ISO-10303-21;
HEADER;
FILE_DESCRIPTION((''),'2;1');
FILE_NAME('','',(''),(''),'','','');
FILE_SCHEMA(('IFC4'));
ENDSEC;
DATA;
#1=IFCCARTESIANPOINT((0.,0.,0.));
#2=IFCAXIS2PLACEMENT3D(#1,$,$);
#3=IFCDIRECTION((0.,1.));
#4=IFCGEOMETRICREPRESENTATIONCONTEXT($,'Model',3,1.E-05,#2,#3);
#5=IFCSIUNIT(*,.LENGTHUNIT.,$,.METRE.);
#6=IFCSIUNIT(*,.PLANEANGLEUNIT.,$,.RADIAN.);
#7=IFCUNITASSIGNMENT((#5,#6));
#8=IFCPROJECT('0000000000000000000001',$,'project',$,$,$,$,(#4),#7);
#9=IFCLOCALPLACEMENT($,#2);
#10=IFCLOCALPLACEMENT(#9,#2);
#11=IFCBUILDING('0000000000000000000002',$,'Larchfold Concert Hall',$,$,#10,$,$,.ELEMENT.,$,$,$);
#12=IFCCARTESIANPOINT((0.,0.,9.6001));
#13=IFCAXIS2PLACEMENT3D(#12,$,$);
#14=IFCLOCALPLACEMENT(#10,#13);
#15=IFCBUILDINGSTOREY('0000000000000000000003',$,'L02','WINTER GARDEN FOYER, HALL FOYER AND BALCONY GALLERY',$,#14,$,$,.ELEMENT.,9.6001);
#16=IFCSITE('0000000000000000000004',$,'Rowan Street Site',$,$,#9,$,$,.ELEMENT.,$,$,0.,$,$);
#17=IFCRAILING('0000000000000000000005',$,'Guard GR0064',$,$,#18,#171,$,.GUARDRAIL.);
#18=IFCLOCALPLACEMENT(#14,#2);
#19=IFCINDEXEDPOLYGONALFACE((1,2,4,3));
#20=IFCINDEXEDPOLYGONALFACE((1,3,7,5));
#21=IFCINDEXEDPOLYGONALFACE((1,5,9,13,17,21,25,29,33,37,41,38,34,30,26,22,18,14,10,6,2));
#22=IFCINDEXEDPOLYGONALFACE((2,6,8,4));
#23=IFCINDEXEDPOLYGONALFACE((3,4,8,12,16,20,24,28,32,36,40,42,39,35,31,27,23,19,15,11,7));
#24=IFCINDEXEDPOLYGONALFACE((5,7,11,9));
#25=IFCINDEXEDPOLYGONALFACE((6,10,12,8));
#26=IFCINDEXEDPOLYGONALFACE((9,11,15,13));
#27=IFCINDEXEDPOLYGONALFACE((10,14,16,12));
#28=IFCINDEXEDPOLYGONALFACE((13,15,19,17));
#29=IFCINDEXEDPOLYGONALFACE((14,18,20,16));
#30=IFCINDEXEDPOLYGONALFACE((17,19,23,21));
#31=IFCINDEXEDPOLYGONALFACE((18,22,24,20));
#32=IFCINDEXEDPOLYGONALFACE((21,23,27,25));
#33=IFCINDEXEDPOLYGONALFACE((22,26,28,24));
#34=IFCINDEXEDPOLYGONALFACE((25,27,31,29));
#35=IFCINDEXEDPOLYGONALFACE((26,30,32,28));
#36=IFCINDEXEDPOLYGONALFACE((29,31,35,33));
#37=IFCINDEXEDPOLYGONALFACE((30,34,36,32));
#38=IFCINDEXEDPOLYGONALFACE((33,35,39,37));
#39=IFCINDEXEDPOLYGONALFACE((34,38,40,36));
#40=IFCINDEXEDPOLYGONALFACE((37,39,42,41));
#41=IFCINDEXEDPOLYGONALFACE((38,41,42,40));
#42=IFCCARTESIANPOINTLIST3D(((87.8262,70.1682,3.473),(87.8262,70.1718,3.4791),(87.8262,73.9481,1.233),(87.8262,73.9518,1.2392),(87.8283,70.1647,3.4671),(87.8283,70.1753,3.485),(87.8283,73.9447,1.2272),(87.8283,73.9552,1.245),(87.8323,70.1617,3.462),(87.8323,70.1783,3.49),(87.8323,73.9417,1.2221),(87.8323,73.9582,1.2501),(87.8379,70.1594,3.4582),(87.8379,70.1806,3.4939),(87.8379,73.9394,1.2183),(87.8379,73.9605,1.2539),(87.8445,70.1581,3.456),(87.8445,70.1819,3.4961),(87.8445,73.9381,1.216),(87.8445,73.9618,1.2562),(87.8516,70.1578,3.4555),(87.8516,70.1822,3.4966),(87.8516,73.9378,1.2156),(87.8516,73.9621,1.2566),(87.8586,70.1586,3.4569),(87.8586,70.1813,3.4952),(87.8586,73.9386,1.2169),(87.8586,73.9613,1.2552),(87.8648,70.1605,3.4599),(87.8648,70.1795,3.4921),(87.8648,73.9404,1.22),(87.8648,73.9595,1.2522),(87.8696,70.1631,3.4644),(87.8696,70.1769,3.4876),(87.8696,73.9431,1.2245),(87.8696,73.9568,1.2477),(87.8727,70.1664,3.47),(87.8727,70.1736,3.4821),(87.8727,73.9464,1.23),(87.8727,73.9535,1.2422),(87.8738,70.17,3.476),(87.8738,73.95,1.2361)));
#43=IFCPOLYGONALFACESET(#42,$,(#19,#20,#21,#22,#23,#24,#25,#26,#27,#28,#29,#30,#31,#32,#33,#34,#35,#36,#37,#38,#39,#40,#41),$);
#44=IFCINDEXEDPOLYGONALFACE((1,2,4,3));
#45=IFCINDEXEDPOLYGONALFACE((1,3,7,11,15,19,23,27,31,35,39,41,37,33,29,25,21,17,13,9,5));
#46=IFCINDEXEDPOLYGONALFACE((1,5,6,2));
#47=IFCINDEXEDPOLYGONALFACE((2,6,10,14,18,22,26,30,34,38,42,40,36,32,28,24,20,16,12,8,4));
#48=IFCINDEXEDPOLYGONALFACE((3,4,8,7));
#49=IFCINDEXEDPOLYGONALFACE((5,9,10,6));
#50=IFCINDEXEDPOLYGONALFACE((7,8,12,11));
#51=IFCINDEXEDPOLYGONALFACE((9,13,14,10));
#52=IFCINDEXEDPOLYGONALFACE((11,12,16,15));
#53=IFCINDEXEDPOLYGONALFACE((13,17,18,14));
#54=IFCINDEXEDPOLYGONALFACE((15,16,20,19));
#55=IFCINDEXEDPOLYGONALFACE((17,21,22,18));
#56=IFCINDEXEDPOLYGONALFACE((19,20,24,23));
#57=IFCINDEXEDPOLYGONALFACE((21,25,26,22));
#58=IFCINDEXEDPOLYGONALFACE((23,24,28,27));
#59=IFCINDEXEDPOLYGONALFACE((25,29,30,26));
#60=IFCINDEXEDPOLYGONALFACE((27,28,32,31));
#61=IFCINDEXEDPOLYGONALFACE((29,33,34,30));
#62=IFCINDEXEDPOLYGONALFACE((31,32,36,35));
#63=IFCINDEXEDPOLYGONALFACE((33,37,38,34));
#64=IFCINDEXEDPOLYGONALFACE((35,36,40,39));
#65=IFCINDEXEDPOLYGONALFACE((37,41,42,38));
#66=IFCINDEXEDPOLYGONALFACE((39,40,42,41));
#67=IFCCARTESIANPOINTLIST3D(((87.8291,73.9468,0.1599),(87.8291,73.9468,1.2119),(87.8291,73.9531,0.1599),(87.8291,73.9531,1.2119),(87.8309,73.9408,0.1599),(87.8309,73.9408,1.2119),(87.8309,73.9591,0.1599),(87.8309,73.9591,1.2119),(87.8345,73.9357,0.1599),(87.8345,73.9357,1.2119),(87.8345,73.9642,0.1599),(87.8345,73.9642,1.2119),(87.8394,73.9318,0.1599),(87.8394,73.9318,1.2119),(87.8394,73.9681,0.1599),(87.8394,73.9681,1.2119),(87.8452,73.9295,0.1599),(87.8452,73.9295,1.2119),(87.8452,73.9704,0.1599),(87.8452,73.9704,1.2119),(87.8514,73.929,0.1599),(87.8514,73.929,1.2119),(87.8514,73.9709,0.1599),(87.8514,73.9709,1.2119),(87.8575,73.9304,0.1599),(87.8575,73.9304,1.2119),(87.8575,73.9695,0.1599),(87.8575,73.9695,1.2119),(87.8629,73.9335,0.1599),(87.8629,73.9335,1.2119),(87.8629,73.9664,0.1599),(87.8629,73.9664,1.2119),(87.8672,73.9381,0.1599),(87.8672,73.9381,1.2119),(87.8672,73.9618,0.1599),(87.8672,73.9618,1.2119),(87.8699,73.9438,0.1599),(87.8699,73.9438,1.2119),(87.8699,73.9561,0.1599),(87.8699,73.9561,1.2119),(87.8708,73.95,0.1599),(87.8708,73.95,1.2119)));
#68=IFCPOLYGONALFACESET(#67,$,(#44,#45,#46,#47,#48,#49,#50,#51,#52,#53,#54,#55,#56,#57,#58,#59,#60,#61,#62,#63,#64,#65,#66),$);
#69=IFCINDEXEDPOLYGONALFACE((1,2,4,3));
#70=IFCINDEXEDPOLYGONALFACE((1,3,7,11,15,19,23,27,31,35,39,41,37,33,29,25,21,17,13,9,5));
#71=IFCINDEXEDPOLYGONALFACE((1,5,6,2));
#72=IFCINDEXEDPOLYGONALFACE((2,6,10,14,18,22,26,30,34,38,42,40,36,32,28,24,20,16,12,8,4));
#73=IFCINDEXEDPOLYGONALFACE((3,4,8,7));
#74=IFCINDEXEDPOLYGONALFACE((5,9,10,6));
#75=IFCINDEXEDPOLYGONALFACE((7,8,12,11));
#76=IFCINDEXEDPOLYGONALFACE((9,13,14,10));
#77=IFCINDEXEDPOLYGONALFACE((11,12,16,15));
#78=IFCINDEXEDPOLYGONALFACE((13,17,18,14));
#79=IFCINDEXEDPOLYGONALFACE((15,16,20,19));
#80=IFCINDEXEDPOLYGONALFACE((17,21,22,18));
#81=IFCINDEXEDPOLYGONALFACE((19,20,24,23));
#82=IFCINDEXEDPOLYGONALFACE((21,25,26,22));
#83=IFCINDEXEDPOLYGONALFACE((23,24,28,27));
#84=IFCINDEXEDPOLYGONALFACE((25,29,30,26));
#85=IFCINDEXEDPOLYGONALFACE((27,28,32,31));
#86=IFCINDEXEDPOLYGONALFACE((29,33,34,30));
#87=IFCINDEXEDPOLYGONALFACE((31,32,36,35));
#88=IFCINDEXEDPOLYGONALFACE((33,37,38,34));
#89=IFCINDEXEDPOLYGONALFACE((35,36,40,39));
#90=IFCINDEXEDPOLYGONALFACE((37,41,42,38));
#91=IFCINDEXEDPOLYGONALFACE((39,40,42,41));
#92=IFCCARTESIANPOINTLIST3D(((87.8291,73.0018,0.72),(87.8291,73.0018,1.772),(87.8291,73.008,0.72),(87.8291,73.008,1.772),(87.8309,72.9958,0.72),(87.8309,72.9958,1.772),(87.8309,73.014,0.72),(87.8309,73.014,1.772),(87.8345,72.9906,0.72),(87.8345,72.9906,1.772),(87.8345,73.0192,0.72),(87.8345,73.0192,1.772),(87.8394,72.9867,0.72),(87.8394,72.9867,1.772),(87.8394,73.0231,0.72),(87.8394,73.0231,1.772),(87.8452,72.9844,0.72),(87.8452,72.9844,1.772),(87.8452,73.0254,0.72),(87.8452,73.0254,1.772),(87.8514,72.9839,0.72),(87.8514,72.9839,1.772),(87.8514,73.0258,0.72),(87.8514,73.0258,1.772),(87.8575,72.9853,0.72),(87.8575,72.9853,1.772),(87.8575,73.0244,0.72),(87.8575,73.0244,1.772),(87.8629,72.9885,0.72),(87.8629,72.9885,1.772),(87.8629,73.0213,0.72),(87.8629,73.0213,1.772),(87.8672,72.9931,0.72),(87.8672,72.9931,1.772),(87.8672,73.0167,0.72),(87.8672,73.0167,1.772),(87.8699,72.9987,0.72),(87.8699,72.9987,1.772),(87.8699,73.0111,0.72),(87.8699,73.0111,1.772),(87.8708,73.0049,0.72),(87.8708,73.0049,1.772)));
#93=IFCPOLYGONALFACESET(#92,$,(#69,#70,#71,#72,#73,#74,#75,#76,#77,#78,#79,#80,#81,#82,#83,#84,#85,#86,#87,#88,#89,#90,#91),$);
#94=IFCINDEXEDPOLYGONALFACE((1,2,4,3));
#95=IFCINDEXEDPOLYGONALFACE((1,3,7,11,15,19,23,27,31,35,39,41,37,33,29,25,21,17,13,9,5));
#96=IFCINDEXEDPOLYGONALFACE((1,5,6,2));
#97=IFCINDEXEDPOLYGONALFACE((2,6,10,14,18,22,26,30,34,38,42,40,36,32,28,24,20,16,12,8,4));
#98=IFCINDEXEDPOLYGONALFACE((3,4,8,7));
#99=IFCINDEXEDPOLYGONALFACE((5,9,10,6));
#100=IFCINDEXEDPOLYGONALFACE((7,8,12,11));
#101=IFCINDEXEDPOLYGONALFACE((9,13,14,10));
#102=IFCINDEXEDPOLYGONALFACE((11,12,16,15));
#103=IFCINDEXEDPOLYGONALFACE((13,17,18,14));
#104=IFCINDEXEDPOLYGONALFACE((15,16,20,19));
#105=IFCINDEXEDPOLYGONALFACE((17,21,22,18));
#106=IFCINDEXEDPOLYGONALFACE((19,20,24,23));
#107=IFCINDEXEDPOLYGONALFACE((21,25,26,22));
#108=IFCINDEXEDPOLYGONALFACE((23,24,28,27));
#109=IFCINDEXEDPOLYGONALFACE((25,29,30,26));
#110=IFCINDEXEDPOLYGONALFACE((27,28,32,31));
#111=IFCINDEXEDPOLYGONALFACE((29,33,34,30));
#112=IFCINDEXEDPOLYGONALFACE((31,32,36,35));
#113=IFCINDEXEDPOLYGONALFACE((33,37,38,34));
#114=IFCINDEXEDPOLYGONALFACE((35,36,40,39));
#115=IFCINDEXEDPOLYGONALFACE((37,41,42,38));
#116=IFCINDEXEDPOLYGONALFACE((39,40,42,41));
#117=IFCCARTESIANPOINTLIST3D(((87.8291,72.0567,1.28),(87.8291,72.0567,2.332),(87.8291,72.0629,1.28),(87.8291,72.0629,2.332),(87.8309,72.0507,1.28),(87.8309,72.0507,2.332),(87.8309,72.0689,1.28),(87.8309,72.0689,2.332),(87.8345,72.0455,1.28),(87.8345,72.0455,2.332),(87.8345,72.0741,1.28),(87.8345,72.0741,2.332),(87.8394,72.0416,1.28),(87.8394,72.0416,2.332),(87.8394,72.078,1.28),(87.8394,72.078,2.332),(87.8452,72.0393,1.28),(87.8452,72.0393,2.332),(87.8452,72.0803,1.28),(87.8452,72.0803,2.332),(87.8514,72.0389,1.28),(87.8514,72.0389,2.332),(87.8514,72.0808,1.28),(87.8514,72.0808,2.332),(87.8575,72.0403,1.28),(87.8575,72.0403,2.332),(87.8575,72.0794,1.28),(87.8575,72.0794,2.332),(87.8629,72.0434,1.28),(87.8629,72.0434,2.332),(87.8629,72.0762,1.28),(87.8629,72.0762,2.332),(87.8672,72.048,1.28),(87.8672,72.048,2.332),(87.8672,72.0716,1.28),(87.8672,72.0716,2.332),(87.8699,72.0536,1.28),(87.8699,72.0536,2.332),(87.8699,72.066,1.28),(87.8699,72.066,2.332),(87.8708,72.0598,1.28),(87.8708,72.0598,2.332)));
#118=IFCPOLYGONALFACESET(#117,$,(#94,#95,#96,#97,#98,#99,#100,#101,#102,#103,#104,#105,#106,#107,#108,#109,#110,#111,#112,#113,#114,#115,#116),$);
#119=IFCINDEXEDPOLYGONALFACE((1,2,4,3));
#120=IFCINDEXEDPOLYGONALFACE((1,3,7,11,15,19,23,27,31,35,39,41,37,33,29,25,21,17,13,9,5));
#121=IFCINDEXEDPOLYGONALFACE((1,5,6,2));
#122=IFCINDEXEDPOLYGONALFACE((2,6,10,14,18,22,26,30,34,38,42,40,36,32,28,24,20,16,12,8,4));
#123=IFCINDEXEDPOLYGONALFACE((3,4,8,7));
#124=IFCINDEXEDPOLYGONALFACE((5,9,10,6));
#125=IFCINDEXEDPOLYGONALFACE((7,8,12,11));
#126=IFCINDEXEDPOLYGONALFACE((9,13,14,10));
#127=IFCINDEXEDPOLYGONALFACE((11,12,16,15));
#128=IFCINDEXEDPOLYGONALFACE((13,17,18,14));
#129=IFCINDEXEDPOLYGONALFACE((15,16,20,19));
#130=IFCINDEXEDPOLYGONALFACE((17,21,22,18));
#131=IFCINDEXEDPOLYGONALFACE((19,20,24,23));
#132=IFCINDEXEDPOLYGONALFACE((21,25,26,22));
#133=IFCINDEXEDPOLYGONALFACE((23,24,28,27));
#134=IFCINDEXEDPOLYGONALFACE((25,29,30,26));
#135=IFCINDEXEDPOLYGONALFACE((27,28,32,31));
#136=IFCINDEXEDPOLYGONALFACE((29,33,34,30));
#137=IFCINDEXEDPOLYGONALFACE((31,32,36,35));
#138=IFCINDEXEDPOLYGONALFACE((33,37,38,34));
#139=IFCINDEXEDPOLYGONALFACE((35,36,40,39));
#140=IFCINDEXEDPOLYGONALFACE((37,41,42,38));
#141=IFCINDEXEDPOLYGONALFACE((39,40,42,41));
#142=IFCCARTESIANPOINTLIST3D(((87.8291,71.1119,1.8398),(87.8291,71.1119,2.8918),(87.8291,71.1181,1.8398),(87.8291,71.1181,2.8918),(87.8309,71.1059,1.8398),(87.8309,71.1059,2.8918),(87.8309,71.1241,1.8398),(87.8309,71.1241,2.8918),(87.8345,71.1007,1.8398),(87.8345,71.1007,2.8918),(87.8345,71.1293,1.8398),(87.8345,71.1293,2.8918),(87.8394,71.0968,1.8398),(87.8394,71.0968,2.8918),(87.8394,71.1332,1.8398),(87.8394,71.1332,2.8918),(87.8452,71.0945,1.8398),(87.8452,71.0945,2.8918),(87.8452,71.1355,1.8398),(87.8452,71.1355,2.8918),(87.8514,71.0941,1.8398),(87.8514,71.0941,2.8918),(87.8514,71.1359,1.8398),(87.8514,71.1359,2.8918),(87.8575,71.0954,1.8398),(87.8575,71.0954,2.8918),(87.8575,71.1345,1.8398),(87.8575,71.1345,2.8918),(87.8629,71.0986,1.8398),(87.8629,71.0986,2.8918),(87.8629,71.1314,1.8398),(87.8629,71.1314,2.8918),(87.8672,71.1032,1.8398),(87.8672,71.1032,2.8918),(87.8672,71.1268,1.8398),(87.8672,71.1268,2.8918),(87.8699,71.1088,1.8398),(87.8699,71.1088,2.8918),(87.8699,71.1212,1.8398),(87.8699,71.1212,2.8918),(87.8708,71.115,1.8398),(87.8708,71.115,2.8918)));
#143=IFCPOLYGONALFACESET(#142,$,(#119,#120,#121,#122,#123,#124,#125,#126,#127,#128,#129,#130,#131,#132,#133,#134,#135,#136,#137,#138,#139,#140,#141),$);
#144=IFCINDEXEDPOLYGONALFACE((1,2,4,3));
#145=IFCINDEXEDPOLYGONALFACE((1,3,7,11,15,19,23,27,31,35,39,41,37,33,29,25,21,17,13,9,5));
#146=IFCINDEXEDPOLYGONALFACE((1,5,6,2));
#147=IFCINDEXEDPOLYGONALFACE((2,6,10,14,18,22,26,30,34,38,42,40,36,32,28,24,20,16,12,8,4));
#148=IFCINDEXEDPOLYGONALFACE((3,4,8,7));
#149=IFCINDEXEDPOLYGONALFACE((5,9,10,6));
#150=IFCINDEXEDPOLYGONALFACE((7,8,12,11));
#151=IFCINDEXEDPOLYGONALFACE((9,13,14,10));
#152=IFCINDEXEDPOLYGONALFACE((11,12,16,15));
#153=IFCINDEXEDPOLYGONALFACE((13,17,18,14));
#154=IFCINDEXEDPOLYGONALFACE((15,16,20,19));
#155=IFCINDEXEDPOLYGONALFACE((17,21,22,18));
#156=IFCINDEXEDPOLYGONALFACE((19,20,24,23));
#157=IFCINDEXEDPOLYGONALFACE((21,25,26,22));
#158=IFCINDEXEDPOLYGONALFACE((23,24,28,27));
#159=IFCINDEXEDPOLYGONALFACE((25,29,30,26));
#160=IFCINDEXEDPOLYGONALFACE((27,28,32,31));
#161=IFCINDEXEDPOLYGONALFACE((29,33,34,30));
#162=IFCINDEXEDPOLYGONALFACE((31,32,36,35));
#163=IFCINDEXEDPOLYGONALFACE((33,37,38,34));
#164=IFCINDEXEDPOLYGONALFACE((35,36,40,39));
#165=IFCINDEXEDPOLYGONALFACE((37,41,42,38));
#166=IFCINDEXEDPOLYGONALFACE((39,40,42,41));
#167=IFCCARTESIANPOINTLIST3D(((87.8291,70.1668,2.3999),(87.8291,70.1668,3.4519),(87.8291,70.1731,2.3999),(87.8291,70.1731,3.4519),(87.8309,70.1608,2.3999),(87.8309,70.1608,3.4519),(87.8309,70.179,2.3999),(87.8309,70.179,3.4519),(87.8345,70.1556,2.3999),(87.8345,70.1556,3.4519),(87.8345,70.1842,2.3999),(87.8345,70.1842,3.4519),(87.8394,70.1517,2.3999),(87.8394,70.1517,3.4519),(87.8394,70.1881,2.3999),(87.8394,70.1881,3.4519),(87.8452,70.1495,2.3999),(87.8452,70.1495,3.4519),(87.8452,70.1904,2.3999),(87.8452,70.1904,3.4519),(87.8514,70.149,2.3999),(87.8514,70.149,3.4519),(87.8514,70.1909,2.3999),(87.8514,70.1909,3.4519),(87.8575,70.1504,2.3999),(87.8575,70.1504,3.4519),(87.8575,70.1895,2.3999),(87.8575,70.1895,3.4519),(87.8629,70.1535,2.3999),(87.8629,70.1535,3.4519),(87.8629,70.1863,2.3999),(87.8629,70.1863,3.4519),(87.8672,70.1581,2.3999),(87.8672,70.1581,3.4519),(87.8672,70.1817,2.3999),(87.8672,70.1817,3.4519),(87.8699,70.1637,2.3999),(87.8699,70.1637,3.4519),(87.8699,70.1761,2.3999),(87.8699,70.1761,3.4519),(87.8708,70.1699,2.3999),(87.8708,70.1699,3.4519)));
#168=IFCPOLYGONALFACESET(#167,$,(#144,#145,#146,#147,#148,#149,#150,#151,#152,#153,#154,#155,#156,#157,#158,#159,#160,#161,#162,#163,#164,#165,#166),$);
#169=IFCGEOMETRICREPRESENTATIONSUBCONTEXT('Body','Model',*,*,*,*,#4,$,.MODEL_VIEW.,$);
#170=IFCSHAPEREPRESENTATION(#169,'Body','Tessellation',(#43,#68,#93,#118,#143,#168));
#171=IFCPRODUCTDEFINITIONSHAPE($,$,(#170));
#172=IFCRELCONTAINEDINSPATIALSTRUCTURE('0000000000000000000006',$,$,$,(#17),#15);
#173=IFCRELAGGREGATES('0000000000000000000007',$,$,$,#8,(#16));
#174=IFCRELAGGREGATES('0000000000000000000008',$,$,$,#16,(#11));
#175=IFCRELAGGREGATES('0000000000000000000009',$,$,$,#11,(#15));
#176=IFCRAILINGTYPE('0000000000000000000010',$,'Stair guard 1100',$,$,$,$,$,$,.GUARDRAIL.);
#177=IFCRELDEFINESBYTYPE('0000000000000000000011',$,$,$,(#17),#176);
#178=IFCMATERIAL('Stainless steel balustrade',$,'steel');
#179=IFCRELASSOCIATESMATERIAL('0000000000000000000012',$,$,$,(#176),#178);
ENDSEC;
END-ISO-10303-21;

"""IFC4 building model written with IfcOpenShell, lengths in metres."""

from ifc_helpers import new_model, si_unit, direction, frame, origin, origin_2d, place, context, subcontext, project, spatial, circle, extrude, material, type_object, element, save


model = new_model("IFC4")

# Units and contexts
model_context = context("Model", 3, precision=1e-05, world=origin(), true_north=direction((0.0, 1.0)))
body_context = subcontext(model_context, "Body", "Model", "MODEL_VIEW")
ifc_project = project(units=[si_unit("LENGTHUNIT", "METRE"), si_unit("PLANEANGLEUNIT", "RADIAN")], contexts=[model_context])

# Site, building, storey
site_placement = place(None, origin())
site = spatial("IfcSite", under=ifc_project, at=site_placement, Name="Rowan Street Site", CompositionType="ELEMENT", RefElevation=0.0)
building_placement = place(site_placement, origin())
building = spatial("IfcBuilding", under=site, at=building_placement, Name="Larchfold Concert Hall", CompositionType="ELEMENT")
storey_placement = place(building_placement, frame((0.0, 0.0, 9.6001)))
storey = spatial("IfcBuildingStorey", under=building, at=storey_placement, Name="L02", Description="WINTER GARDEN FOYER, HALL FOYER AND BALCONY GALLERY", CompositionType="ELEMENT", Elevation=9.6001)

# Railing
ifc_material_1 = material(Name="Stainless steel balustrade", Category="steel")
railing_type_1 = type_object("IfcRailingType", Name="Stair guard 1100", PredefinedType="GUARDRAIL", material=ifc_material_1)
railing_1_placement = place(storey_placement, frame((87.8499, 73.95, 0.1599)))
element("IfcRailing", 1, at=railing_1_placement, inside=storey, type_object=railing_type_1, Name="Guard GR0064", PredefinedType="GUARDRAIL", context=body_context, shape_type="SweptSolid", body=[
    extrude(circle(Radius=0.0239, at=origin_2d()), frame((0.0, 0.0, 1.0762), z_axis=(0.0, -0.860294, 0.509798), x_axis=(1.0, 0.0, 0.0)), (0.0, 0.0, 1.0), 4.3938),
    extrude(circle(Radius=0.021, at=origin_2d()), origin(), (0.0, 0.0, 1.0), 1.052),
    extrude(circle(Radius=0.021, at=origin_2d()), frame((0.0, -0.9451, 0.5601)), (0.0, 0.0, 1.0), 1.052),
    extrude(circle(Radius=0.021, at=origin_2d()), frame((0.0, -1.8901, 1.1201)), (0.0, 0.0, 1.0), 1.052),
    extrude(circle(Radius=0.021, at=origin_2d()), frame((0.0, -2.835, 1.6799)), (0.0, 0.0, 1.0), 1.052),
    extrude(circle(Radius=0.021, at=origin_2d()), frame((0.0, -3.78, 2.24)), (0.0, 0.0, 1.0), 1.052),
])

save(model, "model.ifc")
